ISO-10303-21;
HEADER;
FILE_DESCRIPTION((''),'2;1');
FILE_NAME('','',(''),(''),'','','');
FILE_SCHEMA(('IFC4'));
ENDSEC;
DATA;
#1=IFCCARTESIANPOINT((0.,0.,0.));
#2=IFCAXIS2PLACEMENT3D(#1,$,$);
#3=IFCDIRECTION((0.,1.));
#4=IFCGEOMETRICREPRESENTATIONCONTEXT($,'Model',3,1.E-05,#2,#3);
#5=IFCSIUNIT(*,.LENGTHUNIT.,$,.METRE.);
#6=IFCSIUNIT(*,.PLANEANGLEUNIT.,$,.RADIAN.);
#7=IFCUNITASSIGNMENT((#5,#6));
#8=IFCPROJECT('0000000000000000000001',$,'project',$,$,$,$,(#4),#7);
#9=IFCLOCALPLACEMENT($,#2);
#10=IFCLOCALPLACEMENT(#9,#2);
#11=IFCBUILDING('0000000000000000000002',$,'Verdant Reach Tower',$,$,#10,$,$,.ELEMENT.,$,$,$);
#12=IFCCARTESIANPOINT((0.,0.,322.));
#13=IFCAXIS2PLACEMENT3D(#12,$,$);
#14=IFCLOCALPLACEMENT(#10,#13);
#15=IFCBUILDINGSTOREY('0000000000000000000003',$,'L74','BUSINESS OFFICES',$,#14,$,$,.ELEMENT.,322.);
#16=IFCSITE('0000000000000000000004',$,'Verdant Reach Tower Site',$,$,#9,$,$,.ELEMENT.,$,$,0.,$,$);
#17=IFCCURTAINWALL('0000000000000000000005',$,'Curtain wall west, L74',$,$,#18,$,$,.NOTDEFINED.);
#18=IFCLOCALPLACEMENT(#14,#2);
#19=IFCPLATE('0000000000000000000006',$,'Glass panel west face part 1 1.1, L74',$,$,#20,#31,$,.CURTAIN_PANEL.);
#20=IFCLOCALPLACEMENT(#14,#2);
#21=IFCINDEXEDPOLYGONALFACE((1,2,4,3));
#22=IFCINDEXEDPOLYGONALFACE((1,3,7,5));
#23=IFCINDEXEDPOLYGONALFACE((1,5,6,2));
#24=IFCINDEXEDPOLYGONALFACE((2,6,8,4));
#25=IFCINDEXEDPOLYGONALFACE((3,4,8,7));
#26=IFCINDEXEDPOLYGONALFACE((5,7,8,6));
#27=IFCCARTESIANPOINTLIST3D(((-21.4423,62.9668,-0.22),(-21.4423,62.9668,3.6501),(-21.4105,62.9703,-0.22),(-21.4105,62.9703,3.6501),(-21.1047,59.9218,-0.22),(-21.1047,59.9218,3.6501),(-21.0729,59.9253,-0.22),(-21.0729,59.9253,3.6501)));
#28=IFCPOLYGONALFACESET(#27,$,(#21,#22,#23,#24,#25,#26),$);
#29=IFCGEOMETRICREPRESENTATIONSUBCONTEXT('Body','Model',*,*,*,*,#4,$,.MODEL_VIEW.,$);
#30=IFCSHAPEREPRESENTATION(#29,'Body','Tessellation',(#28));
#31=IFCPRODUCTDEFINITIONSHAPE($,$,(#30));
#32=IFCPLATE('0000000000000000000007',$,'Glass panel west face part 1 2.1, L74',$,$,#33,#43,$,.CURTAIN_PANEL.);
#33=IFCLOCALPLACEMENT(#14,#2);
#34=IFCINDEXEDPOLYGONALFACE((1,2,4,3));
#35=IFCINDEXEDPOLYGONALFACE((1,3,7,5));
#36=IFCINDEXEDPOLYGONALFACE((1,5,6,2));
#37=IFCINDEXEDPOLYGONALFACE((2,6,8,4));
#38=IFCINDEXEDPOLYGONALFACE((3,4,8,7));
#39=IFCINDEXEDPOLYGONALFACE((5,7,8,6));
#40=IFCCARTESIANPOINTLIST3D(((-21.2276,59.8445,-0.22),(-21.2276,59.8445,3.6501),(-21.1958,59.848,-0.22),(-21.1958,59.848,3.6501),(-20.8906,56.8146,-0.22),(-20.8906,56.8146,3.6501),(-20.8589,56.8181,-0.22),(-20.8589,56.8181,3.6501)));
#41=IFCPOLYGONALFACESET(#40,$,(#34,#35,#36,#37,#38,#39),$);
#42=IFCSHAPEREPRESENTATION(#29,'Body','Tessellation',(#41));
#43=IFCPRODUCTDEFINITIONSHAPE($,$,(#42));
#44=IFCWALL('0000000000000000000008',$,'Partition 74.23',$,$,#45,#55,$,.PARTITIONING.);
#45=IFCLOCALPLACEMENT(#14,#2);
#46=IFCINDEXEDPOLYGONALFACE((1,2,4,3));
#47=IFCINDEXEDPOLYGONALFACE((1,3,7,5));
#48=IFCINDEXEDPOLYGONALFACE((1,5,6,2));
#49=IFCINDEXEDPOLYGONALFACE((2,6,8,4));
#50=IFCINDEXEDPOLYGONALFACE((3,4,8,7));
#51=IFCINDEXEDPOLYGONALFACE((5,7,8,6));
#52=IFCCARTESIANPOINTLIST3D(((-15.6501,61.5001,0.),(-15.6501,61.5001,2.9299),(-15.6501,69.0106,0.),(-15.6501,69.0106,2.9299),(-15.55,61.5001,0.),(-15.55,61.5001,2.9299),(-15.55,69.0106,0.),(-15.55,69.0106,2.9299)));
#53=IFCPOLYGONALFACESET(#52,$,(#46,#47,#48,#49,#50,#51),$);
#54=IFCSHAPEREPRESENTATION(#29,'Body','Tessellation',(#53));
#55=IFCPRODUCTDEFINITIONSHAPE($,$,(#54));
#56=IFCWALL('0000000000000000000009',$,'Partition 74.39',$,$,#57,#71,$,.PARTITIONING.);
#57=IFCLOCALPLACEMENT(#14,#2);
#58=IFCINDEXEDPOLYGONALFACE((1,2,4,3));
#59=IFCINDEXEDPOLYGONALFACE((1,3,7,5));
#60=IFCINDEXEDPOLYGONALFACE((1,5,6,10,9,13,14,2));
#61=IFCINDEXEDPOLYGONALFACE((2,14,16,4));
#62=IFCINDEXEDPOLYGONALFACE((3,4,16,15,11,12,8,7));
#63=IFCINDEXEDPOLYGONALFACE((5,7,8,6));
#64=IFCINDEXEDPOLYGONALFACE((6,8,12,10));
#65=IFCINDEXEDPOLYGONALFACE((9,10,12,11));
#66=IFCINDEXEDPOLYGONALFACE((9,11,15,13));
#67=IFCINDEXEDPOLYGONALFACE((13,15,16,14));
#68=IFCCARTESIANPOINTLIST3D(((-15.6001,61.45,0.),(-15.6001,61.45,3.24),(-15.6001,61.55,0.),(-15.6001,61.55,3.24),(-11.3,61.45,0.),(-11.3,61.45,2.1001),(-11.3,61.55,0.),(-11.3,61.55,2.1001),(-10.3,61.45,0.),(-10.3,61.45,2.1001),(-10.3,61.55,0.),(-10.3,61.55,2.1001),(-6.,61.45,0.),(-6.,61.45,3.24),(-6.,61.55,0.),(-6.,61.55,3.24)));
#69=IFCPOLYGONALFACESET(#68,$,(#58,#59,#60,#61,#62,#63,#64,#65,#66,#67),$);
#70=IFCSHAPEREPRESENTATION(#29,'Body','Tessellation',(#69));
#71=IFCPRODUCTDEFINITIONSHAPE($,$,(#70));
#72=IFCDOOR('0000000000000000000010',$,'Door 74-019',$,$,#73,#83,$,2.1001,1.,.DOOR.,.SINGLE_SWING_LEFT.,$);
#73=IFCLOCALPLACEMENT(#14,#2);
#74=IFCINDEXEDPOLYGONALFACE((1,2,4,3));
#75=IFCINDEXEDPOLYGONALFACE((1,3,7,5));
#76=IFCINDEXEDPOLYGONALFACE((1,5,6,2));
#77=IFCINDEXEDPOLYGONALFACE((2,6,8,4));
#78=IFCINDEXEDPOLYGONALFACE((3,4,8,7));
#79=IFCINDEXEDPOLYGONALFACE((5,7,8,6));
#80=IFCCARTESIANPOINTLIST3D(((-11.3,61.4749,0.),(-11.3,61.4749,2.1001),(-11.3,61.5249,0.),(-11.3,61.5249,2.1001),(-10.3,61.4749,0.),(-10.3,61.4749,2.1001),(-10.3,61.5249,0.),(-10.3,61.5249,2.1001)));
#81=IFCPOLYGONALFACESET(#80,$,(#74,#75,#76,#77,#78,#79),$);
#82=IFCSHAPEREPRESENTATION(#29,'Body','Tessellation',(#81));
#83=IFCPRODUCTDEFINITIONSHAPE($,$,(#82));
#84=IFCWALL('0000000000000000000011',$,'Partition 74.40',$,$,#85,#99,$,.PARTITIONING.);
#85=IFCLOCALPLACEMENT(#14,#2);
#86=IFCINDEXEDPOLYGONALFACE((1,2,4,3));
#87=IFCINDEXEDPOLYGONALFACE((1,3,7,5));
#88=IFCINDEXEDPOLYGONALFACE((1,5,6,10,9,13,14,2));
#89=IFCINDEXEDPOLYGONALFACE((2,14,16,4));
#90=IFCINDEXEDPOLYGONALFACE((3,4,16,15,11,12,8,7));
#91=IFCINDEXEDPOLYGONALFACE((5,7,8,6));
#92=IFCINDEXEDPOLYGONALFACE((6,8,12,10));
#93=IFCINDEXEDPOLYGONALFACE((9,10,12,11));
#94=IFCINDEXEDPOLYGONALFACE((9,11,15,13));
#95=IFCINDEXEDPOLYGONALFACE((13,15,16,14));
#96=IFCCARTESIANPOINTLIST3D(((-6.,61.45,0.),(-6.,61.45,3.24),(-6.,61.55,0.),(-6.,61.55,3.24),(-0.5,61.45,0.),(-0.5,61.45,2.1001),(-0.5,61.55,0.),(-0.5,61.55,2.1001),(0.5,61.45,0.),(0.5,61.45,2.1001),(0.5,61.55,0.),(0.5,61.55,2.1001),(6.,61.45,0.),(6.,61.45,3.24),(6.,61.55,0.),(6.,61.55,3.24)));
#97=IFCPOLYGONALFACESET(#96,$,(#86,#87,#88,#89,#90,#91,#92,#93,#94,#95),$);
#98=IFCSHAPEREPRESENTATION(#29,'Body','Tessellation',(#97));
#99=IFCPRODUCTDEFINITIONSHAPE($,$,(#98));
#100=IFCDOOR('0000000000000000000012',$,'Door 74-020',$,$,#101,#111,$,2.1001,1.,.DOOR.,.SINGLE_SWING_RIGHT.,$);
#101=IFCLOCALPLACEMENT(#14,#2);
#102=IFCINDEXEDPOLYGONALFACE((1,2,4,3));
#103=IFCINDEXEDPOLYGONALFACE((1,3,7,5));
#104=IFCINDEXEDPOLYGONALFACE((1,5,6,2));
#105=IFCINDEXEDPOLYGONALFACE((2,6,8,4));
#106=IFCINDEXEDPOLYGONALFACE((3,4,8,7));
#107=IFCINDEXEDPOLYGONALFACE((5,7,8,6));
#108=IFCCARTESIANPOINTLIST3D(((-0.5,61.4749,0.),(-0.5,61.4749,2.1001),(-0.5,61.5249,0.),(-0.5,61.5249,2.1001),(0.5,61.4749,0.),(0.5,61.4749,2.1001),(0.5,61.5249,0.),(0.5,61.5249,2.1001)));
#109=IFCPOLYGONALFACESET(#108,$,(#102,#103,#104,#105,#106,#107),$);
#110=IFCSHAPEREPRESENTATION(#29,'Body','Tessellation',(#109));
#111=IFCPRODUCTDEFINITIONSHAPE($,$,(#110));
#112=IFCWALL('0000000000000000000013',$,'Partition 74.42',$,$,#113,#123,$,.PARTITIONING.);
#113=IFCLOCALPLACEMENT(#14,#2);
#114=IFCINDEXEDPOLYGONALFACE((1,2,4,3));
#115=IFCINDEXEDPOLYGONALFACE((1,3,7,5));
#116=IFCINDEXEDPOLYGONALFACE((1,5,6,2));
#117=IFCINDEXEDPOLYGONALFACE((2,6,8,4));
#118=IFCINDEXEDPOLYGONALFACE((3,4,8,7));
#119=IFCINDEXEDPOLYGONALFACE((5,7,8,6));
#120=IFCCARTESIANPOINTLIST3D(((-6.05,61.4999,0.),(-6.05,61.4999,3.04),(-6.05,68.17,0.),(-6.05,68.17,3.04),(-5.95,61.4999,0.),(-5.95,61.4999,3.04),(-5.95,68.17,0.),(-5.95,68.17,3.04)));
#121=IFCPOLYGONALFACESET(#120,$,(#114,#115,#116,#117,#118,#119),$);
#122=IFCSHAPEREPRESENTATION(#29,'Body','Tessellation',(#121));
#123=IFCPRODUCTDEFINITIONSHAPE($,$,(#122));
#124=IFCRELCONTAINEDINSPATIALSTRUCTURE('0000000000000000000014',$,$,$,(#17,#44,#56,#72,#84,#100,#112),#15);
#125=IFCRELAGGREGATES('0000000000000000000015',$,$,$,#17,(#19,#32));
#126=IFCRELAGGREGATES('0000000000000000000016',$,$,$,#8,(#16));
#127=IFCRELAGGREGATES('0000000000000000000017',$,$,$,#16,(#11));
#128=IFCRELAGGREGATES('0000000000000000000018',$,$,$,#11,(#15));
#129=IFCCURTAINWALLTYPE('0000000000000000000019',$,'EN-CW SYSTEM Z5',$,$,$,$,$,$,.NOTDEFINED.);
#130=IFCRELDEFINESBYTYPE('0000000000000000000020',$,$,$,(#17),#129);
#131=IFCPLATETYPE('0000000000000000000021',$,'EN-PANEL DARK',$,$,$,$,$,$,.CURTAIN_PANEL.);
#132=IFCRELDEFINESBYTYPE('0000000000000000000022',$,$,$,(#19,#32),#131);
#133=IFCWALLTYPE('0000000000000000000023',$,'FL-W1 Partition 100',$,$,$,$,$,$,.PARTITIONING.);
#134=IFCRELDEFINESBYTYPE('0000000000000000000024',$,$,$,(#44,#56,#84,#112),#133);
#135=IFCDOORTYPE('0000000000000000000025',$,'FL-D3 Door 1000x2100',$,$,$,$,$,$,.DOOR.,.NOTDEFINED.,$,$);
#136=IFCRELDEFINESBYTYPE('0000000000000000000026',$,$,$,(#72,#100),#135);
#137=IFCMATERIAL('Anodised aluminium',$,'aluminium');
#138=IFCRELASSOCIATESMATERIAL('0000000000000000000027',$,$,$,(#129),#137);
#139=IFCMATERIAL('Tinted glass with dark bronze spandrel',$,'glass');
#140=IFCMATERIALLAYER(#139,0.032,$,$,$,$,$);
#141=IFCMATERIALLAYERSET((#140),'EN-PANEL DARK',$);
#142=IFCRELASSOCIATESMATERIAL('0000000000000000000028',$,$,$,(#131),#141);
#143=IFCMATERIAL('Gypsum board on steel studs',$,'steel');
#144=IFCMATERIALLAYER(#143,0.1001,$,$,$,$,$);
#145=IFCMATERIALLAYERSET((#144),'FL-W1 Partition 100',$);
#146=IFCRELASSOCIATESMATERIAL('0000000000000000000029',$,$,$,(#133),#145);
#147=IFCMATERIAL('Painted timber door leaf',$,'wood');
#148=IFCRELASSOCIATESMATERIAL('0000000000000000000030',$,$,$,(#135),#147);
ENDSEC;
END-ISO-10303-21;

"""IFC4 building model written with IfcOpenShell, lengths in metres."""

from ifc_helpers import new_model, si_unit, direction, frame, frame_2d, origin, origin_2d, place, context, subcontext, project, spatial, rectangle, extrude, material, layer, layer_set, type_object, element, fill, aggregate, save


model = new_model("IFC4")

# Units and contexts
model_context = context("Model", 3, precision=1e-05, world=origin(), true_north=direction((0.0, 1.0)))
body_context = subcontext(model_context, "Body", "Model", "MODEL_VIEW")
ifc_project = project(units=[si_unit("LENGTHUNIT", "METRE"), si_unit("PLANEANGLEUNIT", "RADIAN")], contexts=[model_context])

# Site, building, storey
site_placement = place(None, origin())
site = spatial("IfcSite", under=ifc_project, at=site_placement, Name="Verdant Reach Tower Site", CompositionType="ELEMENT", RefElevation=0.0)
building_placement = place(site_placement, origin())
building = spatial("IfcBuilding", under=site, at=building_placement, Name="Verdant Reach Tower", CompositionType="ELEMENT")
storey_placement = place(building_placement, frame((0.0, 0.0, 322.0)))
storey = spatial("IfcBuildingStorey", under=building, at=storey_placement, Name="L74", Description="BUSINESS OFFICES", CompositionType="ELEMENT", Elevation=322.0)

# Curtain wall
ifc_material_1 = material(Name="Anodised aluminium", Category="aluminium")
curtain_wall_type = type_object("IfcCurtainWallType", Name="EN-CW SYSTEM Z5", PredefinedType="NOTDEFINED", material=ifc_material_1)
curtain_wall_1_placement = place(storey_placement, origin())
curtain_wall_1 = element("IfcCurtainWall", 1, at=curtain_wall_1_placement, inside=storey, type_object=curtain_wall_type, Name="Curtain wall west, L74", PredefinedType="NOTDEFINED")

# Plates
ifc_material_2 = material(Name="Tinted glass with dark bronze spandrel", Category="glass")
ifc_layer_1 = layer(ifc_material_2, 0.032)
ifc_layer_set_1 = layer_set([ifc_layer_1], Name="EN-PANEL DARK")
plate_type_1 = type_object("IfcPlateType", Name="EN-PANEL DARK", PredefinedType="CURTAIN_PANEL", material=ifc_layer_set_1)
plate_1_placement = place(storey_placement, frame((-21.2576, 61.446, -0.22), z_axis=(0.0, 0.0, 1.0), x_axis=(0.110198, -0.99391, 0.0)))
plate_1 = element("IfcPlate", 2, at=plate_1_placement, type_object=plate_type_1, Name="Glass panel west face part 1 1.1, L74", PredefinedType="CURTAIN_PANEL", context=body_context, shape_type="SweptSolid", body=[
    extrude(rectangle(XDim=3.0637, YDim=0.032, at=origin_2d()), origin(), (0.0, 0.0, 1.0), 3.8701),
])
plate_2_placement = place(storey_placement, frame((-21.0432, 58.3313, -0.22), z_axis=(0.0, 0.0, 1.0), x_axis=(0.110518, -0.993874, 0.0)))
plate_2 = element("IfcPlate", 3, at=plate_2_placement, type_object=plate_type_1, Name="Glass panel west face part 1 2.1, L74", PredefinedType="CURTAIN_PANEL", context=body_context, shape_type="SweptSolid", body=[
    extrude(rectangle(XDim=3.0486, YDim=0.032, at=origin_2d()), origin(), (0.0, 0.0, 1.0), 3.8701),
])
aggregate(curtain_wall_1, [plate_1, plate_2])

# Wall
ifc_material_3 = material(Name="Gypsum board on steel studs", Category="steel")
ifc_layer_2 = layer(ifc_material_3, 0.1001)
ifc_layer_set_2 = layer_set([ifc_layer_2], Name="FL-W1 Partition 100")
wall_type = type_object("IfcWallType", Name="FL-W1 Partition 100", PredefinedType="PARTITIONING", material=ifc_layer_set_2)
wall_1_placement = place(storey_placement, frame((-15.6001, 61.5, 0.0), z_axis=(0.0, 0.0, 1.0), x_axis=(0.0, 1.0, 0.0)))
element("IfcWall", 4, at=wall_1_placement, inside=storey, type_object=wall_type, Name="Partition 74.23", PredefinedType="PARTITIONING", context=body_context, shape_type="SweptSolid", body=[
    extrude(rectangle(XDim=7.5105, YDim=0.1001, at=frame_2d((3.7554, 0.0))), origin(), (0.0, 0.0, 1.0), 2.9299),
])

# Walls, openings, doors
wall_2_placement = place(storey_placement, frame((-15.6001, 61.5, 0.0), z_axis=(0.0, 0.0, 1.0), x_axis=(1.0, 0.0, 0.0)))
wall_2 = element("IfcWall", 5, at=wall_2_placement, inside=storey, type_object=wall_type, Name="Partition 74.39", PredefinedType="PARTITIONING", context=body_context, shape_type="SweptSolid", body=[
    extrude(rectangle(XDim=9.6001, YDim=0.1001, at=frame_2d((4.8, 0.0))), origin(), (0.0, 0.0, 1.0), 3.24),
])
opening_1_placement = place(wall_2_placement, frame((4.3, 0.0, 0.0)))
opening_1 = element("IfcOpeningElement", 6, at=opening_1_placement, cuts=wall_2, PredefinedType="OPENING", context=body_context, shape_type="SweptSolid", body=[
    extrude(rectangle(XDim=1.0, YDim=2.1001, at=frame_2d((0.5, 1.05))), frame((0.0, 0.0601, 0.0), z_axis=(0.0, -1.0, 0.0), x_axis=(1.0, 0.0, 0.0)), (0.0, 0.0, 1.0), 0.1201),
])
ifc_material_4 = material(Name="Painted timber door leaf", Category="wood")
door_type = type_object("IfcDoorType", Name="FL-D3 Door 1000x2100", OperationType="NOTDEFINED", PredefinedType="DOOR", material=ifc_material_4)
door_1_placement = place(opening_1_placement, origin())
door_1 = element("IfcDoor", 7, at=door_1_placement, inside=storey, type_object=door_type, Name="Door 74-019", OperationType="SINGLE_SWING_LEFT", OverallHeight=2.1001, OverallWidth=1.0, PredefinedType="DOOR", context=body_context, shape_type="SweptSolid", body=[
    extrude(rectangle(XDim=1.0, YDim=2.1001, at=frame_2d((0.5, 1.05))), frame((0.0, 0.0249, 0.0), z_axis=(0.0, -1.0, 0.0), x_axis=(1.0, 0.0, 0.0)), (0.0, 0.0, 1.0), 0.05),
])
fill(opening_1, door_1)
wall_3_placement = place(storey_placement, frame((-6.0, 61.5, 0.0), z_axis=(0.0, 0.0, 1.0), x_axis=(1.0, 0.0, 0.0)))
wall_3 = element("IfcWall", 8, at=wall_3_placement, inside=storey, type_object=wall_type, Name="Partition 74.40", PredefinedType="PARTITIONING", context=body_context, shape_type="SweptSolid", body=[
    extrude(rectangle(XDim=12.0, YDim=0.1001, at=frame_2d((6.0, 0.0))), origin(), (0.0, 0.0, 1.0), 3.24),
])
opening_2_placement = place(wall_3_placement, frame((5.5, 0.0, 0.0)))
opening_2 = element("IfcOpeningElement", 9, at=opening_2_placement, cuts=wall_3, PredefinedType="OPENING", context=body_context, shape_type="SweptSolid", body=[
    extrude(rectangle(XDim=1.0, YDim=2.1001, at=frame_2d((0.5, 1.05))), frame((0.0, 0.0601, 0.0), z_axis=(0.0, -1.0, 0.0), x_axis=(1.0, 0.0, 0.0)), (0.0, 0.0, 1.0), 0.1201),
])
door_2_placement = place(opening_2_placement, origin())
door_2 = element("IfcDoor", 10, at=door_2_placement, inside=storey, type_object=door_type, Name="Door 74-020", OperationType="SINGLE_SWING_RIGHT", OverallHeight=2.1001, OverallWidth=1.0, PredefinedType="DOOR", context=body_context, shape_type="SweptSolid", body=[
    extrude(rectangle(XDim=1.0, YDim=2.1001, at=frame_2d((0.5, 1.05))), frame((0.0, 0.0249, 0.0), z_axis=(0.0, -1.0, 0.0), x_axis=(1.0, 0.0, 0.0)), (0.0, 0.0, 1.0), 0.05),
])
fill(opening_2, door_2)

# Wall
wall_4_placement = place(storey_placement, frame((-6.0, 61.5, 0.0), z_axis=(0.0, 0.0, 1.0), x_axis=(0.0, 1.0, 0.0)))
element("IfcWall", 11, at=wall_4_placement, inside=storey, type_object=wall_type, Name="Partition 74.42", PredefinedType="PARTITIONING", context=body_context, shape_type="SweptSolid", body=[
    extrude(rectangle(XDim=6.6702, YDim=0.1001, at=frame_2d((3.335, 0.0))), origin(), (0.0, 0.0, 1.0), 3.04),
])

save(model, "model.ifc")
